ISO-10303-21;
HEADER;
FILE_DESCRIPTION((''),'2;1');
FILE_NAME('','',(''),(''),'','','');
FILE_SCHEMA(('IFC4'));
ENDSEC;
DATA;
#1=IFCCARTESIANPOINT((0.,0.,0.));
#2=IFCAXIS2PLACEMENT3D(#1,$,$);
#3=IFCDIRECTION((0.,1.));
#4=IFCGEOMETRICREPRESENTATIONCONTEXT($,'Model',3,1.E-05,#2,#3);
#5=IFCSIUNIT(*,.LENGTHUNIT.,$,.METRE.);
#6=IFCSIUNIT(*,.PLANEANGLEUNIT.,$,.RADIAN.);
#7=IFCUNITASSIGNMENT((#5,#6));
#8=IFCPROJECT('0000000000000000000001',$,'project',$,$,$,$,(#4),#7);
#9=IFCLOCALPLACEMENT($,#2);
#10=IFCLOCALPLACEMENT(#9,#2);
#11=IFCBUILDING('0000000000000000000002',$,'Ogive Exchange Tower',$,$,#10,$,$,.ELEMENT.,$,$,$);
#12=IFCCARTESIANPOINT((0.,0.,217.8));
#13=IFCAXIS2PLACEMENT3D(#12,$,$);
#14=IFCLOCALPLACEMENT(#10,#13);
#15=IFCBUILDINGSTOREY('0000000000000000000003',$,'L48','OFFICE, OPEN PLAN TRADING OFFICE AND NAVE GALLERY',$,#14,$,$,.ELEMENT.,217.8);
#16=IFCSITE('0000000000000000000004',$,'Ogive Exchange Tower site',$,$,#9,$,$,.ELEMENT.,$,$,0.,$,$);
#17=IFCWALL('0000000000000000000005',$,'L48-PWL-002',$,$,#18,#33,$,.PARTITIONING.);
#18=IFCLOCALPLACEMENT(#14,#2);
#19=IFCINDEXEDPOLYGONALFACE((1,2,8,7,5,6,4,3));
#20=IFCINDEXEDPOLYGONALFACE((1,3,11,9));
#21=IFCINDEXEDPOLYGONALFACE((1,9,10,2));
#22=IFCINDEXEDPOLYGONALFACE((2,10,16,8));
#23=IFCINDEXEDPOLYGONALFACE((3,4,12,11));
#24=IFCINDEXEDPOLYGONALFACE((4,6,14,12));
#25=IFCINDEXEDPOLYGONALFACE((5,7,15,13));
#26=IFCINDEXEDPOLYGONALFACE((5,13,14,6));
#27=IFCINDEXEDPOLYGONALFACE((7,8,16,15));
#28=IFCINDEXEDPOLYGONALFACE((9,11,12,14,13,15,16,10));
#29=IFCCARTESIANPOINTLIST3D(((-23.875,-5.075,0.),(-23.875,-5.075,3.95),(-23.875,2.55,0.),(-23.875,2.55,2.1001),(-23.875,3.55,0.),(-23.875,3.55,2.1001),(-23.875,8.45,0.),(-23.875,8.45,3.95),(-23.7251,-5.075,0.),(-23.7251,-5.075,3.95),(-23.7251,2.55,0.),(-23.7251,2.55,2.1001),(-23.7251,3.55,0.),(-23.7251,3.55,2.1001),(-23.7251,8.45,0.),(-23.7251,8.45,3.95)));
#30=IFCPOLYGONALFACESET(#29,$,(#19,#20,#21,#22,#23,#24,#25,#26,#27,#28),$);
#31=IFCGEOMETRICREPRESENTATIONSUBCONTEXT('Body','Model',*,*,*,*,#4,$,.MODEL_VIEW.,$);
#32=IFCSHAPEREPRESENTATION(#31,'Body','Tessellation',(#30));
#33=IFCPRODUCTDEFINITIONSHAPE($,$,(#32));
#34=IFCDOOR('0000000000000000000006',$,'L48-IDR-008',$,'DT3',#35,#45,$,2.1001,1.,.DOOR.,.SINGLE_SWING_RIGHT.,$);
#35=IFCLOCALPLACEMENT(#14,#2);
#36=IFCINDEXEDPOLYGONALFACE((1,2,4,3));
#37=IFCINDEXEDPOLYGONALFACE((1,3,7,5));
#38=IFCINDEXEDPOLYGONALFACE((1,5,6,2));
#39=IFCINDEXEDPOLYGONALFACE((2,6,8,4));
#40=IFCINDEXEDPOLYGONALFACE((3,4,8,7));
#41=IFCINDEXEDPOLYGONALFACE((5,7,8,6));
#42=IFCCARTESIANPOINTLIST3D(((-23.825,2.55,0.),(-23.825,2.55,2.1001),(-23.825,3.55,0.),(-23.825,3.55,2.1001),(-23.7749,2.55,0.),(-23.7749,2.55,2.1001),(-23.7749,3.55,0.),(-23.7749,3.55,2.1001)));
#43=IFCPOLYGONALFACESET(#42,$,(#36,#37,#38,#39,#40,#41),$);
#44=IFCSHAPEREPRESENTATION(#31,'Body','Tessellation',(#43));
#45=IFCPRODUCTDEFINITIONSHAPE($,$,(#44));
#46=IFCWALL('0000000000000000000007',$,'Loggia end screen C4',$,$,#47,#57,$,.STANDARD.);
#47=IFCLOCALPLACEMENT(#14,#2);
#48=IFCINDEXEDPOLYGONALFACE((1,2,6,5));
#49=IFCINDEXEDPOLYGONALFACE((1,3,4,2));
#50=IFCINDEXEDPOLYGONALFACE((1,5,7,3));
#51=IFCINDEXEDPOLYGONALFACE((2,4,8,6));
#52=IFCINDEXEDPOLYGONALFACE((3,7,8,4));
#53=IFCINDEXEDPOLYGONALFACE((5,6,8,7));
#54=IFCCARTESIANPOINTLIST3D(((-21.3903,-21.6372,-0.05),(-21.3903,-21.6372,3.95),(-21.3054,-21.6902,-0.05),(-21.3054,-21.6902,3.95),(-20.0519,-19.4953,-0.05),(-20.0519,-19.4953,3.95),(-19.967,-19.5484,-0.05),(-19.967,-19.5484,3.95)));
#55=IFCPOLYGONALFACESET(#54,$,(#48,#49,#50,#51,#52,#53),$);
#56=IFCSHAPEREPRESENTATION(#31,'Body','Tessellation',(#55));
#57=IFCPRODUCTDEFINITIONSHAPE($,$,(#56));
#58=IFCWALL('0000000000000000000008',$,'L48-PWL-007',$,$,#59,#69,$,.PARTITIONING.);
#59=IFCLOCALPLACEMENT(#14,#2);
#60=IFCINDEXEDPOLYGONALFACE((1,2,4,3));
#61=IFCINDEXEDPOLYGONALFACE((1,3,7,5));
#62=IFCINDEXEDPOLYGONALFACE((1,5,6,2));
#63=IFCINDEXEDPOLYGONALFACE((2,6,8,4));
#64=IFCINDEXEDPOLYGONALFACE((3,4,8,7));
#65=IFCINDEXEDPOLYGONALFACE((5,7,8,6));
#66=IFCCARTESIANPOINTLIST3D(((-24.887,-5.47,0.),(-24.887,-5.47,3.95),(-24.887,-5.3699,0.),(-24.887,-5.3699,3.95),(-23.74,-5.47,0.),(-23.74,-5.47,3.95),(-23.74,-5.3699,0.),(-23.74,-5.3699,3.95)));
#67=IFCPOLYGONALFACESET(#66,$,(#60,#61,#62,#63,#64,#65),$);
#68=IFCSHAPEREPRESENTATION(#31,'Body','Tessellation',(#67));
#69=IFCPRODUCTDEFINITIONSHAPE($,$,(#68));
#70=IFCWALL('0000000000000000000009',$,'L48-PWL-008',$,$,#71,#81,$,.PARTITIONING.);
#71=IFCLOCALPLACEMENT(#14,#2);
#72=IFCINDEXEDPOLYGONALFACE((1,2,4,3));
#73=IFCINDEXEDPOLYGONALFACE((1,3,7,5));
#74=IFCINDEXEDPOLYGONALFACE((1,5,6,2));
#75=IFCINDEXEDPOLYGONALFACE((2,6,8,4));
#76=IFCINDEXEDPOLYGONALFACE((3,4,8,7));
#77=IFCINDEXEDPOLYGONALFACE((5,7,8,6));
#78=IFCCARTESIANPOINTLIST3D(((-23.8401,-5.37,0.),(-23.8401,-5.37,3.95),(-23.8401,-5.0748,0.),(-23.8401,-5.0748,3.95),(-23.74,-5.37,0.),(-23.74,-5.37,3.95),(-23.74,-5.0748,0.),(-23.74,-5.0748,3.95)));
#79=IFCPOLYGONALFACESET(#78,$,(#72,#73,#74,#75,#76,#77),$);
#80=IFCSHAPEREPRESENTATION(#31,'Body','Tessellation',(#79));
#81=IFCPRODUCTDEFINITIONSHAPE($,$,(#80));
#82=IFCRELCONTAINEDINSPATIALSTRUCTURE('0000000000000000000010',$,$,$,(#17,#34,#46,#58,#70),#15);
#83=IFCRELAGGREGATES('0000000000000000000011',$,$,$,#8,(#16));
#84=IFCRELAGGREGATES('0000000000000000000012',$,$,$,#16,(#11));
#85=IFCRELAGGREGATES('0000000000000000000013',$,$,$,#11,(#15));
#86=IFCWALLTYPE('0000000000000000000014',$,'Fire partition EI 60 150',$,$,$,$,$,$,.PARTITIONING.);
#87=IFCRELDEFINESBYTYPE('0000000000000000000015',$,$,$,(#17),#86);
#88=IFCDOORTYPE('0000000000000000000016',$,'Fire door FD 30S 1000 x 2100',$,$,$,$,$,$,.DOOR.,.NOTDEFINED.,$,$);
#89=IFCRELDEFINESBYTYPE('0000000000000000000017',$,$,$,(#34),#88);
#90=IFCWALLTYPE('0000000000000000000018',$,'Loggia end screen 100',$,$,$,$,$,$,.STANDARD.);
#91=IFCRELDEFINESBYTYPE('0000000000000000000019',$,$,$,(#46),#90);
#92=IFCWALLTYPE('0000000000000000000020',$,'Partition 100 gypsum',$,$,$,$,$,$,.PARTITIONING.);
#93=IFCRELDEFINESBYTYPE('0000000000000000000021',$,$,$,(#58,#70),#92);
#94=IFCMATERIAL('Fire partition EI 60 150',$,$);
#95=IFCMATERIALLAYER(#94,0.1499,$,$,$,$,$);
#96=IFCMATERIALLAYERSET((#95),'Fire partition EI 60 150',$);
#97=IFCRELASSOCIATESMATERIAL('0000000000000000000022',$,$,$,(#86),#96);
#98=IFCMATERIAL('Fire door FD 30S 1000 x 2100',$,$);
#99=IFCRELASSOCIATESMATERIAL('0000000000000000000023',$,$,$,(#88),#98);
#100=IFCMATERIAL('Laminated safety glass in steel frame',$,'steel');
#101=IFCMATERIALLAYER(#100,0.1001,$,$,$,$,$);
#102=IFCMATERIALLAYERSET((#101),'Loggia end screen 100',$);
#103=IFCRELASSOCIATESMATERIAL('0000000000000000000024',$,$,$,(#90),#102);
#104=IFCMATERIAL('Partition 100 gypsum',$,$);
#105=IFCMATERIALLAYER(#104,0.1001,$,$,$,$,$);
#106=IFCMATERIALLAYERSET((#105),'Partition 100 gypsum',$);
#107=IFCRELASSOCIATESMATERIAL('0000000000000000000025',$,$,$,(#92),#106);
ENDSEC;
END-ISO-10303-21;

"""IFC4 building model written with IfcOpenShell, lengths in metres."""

from ifc_helpers import new_model, si_unit, direction, frame, frame_2d, origin, place, context, subcontext, project, spatial, rectangle, extrude, material, layer, layer_set, type_object, element, fill, save


model = new_model("IFC4")

# Units and contexts
model_context = context("Model", 3, precision=1e-05, world=origin(), true_north=direction((0.0, 1.0)))
body_context = subcontext(model_context, "Body", "Model", "MODEL_VIEW")
ifc_project = project(units=[si_unit("LENGTHUNIT", "METRE"), si_unit("PLANEANGLEUNIT", "RADIAN")], contexts=[model_context])

# Site, building, storey
site_placement = place(None, origin())
site = spatial("IfcSite", under=ifc_project, at=site_placement, Name="Ogive Exchange Tower site", CompositionType="ELEMENT", RefElevation=0.0)
building_placement = place(site_placement, origin())
building = spatial("IfcBuilding", under=site, at=building_placement, Name="Ogive Exchange Tower", CompositionType="ELEMENT")
storey_placement = place(building_placement, frame((0.0, 0.0, 217.8)))
storey = spatial("IfcBuildingStorey", under=building, at=storey_placement, Name="L48", Description="OFFICE, OPEN PLAN TRADING OFFICE AND NAVE GALLERY", CompositionType="ELEMENT", Elevation=217.8)

# Wall, opening, door
ifc_material_1 = material(Name="Fire partition EI 60 150")
ifc_layer_1 = layer(ifc_material_1, 0.1499)
ifc_layer_set_1 = layer_set([ifc_layer_1], Name="Fire partition EI 60 150")
wall_type_1 = type_object("IfcWallType", Name="Fire partition EI 60 150", PredefinedType="PARTITIONING", material=ifc_layer_set_1)
wall_1_placement = place(storey_placement, frame((-23.8, -5.075, 0.0), z_axis=(0.0, 0.0, 1.0), x_axis=(0.0, 1.0, 0.0)))
wall_1 = element("IfcWall", 1, at=wall_1_placement, inside=storey, type_object=wall_type_1, Name="L48-PWL-002", PredefinedType="PARTITIONING", context=body_context, shape_type="SweptSolid", body=[
    extrude(rectangle(XDim=13.5249, YDim=0.1499, at=frame_2d((6.7625, 0.0))), origin(), (0.0, 0.0, 1.0), 3.95),
])
opening_placement = place(wall_1_placement, frame((7.625, 0.0, 0.0)))
opening = element("IfcOpeningElement", 2, at=opening_placement, cuts=wall_1, PredefinedType="OPENING", context=body_context, shape_type="SweptSolid", body=[
    extrude(rectangle(XDim=1.0, YDim=2.1001, at=frame_2d((0.5, 1.05))), frame((0.0, 0.085, 0.0), z_axis=(0.0, -1.0, 0.0), x_axis=(1.0, 0.0, 0.0)), (0.0, 0.0, 1.0), 0.1699),
])
ifc_material_2 = material(Name="Fire door FD 30S 1000 x 2100")
door_type = type_object("IfcDoorType", Name="Fire door FD 30S 1000 x 2100", OperationType="NOTDEFINED", PredefinedType="DOOR", material=ifc_material_2)
door_placement = place(opening_placement, origin())
door = element("IfcDoor", 3, at=door_placement, inside=storey, type_object=door_type, Name="L48-IDR-008", ObjectType="DT3", OperationType="SINGLE_SWING_RIGHT", OverallHeight=2.1001, OverallWidth=1.0, PredefinedType="DOOR", context=body_context, shape_type="SweptSolid", body=[
    extrude(rectangle(XDim=1.0, YDim=2.1001, at=frame_2d((0.5, 1.05))), frame((0.0, 0.0249, 0.0), z_axis=(0.0, -1.0, 0.0), x_axis=(1.0, 0.0, 0.0)), (0.0, 0.0, 1.0), 0.05),
])
fill(opening, door)

# Walls
ifc_material_3 = material(Name="Laminated safety glass in steel frame", Category="steel")
ifc_layer_2 = layer(ifc_material_3, 0.1001)
ifc_layer_set_2 = layer_set([ifc_layer_2], Name="Loggia end screen 100")
wall_type_2 = type_object("IfcWallType", Name="Loggia end screen 100", PredefinedType="STANDARD", material=ifc_layer_set_2)
wall_2_placement = place(storey_placement, frame((-20.0095, -19.522, -0.05), z_axis=(0.0, 0.0, 1.0), x_axis=(-0.529921, -0.848047, 0.0)))
element("IfcWall", 4, at=wall_2_placement, inside=storey, type_object=wall_type_2, Name="Loggia end screen C4", PredefinedType="STANDARD", context=body_context, shape_type="SweptSolid", body=[
    extrude(rectangle(XDim=2.5256, YDim=0.1001, at=frame_2d((1.2627, 0.0))), origin(), (0.0, 0.0, 1.0), 4.0),
])
ifc_material_4 = material(Name="Partition 100 gypsum")
ifc_layer_3 = layer(ifc_material_4, 0.1001)
ifc_layer_set_3 = layer_set([ifc_layer_3], Name="Partition 100 gypsum")
wall_type_3 = type_object("IfcWallType", Name="Partition 100 gypsum", PredefinedType="PARTITIONING", material=ifc_layer_set_3)
wall_3_placement = place(storey_placement, frame((-23.74, -5.4199, 0.0), z_axis=(0.0, 0.0, 1.0), x_axis=(-1.0, 0.0, 0.0)))
element("IfcWall", 5, at=wall_3_placement, inside=storey, type_object=wall_type_3, Name="L48-PWL-007", PredefinedType="PARTITIONING", context=body_context, shape_type="SweptSolid", body=[
    extrude(rectangle(XDim=1.147, YDim=0.1001, at=frame_2d((0.5735, 0.0))), origin(), (0.0, 0.0, 1.0), 3.95),
])
wall_4_placement = place(storey_placement, frame((-23.79, -5.075, 0.0), z_axis=(0.0, 0.0, 1.0), x_axis=(0.0, -1.0, 0.0)))
element("IfcWall", 6, at=wall_4_placement, inside=storey, type_object=wall_type_3, Name="L48-PWL-008", PredefinedType="PARTITIONING", context=body_context, shape_type="SweptSolid", body=[
    extrude(rectangle(XDim=0.2952, YDim=0.1001, at=frame_2d((0.1475, 0.0))), origin(), (0.0, 0.0, 1.0), 3.95),
])

save(model, "model.ifc")
